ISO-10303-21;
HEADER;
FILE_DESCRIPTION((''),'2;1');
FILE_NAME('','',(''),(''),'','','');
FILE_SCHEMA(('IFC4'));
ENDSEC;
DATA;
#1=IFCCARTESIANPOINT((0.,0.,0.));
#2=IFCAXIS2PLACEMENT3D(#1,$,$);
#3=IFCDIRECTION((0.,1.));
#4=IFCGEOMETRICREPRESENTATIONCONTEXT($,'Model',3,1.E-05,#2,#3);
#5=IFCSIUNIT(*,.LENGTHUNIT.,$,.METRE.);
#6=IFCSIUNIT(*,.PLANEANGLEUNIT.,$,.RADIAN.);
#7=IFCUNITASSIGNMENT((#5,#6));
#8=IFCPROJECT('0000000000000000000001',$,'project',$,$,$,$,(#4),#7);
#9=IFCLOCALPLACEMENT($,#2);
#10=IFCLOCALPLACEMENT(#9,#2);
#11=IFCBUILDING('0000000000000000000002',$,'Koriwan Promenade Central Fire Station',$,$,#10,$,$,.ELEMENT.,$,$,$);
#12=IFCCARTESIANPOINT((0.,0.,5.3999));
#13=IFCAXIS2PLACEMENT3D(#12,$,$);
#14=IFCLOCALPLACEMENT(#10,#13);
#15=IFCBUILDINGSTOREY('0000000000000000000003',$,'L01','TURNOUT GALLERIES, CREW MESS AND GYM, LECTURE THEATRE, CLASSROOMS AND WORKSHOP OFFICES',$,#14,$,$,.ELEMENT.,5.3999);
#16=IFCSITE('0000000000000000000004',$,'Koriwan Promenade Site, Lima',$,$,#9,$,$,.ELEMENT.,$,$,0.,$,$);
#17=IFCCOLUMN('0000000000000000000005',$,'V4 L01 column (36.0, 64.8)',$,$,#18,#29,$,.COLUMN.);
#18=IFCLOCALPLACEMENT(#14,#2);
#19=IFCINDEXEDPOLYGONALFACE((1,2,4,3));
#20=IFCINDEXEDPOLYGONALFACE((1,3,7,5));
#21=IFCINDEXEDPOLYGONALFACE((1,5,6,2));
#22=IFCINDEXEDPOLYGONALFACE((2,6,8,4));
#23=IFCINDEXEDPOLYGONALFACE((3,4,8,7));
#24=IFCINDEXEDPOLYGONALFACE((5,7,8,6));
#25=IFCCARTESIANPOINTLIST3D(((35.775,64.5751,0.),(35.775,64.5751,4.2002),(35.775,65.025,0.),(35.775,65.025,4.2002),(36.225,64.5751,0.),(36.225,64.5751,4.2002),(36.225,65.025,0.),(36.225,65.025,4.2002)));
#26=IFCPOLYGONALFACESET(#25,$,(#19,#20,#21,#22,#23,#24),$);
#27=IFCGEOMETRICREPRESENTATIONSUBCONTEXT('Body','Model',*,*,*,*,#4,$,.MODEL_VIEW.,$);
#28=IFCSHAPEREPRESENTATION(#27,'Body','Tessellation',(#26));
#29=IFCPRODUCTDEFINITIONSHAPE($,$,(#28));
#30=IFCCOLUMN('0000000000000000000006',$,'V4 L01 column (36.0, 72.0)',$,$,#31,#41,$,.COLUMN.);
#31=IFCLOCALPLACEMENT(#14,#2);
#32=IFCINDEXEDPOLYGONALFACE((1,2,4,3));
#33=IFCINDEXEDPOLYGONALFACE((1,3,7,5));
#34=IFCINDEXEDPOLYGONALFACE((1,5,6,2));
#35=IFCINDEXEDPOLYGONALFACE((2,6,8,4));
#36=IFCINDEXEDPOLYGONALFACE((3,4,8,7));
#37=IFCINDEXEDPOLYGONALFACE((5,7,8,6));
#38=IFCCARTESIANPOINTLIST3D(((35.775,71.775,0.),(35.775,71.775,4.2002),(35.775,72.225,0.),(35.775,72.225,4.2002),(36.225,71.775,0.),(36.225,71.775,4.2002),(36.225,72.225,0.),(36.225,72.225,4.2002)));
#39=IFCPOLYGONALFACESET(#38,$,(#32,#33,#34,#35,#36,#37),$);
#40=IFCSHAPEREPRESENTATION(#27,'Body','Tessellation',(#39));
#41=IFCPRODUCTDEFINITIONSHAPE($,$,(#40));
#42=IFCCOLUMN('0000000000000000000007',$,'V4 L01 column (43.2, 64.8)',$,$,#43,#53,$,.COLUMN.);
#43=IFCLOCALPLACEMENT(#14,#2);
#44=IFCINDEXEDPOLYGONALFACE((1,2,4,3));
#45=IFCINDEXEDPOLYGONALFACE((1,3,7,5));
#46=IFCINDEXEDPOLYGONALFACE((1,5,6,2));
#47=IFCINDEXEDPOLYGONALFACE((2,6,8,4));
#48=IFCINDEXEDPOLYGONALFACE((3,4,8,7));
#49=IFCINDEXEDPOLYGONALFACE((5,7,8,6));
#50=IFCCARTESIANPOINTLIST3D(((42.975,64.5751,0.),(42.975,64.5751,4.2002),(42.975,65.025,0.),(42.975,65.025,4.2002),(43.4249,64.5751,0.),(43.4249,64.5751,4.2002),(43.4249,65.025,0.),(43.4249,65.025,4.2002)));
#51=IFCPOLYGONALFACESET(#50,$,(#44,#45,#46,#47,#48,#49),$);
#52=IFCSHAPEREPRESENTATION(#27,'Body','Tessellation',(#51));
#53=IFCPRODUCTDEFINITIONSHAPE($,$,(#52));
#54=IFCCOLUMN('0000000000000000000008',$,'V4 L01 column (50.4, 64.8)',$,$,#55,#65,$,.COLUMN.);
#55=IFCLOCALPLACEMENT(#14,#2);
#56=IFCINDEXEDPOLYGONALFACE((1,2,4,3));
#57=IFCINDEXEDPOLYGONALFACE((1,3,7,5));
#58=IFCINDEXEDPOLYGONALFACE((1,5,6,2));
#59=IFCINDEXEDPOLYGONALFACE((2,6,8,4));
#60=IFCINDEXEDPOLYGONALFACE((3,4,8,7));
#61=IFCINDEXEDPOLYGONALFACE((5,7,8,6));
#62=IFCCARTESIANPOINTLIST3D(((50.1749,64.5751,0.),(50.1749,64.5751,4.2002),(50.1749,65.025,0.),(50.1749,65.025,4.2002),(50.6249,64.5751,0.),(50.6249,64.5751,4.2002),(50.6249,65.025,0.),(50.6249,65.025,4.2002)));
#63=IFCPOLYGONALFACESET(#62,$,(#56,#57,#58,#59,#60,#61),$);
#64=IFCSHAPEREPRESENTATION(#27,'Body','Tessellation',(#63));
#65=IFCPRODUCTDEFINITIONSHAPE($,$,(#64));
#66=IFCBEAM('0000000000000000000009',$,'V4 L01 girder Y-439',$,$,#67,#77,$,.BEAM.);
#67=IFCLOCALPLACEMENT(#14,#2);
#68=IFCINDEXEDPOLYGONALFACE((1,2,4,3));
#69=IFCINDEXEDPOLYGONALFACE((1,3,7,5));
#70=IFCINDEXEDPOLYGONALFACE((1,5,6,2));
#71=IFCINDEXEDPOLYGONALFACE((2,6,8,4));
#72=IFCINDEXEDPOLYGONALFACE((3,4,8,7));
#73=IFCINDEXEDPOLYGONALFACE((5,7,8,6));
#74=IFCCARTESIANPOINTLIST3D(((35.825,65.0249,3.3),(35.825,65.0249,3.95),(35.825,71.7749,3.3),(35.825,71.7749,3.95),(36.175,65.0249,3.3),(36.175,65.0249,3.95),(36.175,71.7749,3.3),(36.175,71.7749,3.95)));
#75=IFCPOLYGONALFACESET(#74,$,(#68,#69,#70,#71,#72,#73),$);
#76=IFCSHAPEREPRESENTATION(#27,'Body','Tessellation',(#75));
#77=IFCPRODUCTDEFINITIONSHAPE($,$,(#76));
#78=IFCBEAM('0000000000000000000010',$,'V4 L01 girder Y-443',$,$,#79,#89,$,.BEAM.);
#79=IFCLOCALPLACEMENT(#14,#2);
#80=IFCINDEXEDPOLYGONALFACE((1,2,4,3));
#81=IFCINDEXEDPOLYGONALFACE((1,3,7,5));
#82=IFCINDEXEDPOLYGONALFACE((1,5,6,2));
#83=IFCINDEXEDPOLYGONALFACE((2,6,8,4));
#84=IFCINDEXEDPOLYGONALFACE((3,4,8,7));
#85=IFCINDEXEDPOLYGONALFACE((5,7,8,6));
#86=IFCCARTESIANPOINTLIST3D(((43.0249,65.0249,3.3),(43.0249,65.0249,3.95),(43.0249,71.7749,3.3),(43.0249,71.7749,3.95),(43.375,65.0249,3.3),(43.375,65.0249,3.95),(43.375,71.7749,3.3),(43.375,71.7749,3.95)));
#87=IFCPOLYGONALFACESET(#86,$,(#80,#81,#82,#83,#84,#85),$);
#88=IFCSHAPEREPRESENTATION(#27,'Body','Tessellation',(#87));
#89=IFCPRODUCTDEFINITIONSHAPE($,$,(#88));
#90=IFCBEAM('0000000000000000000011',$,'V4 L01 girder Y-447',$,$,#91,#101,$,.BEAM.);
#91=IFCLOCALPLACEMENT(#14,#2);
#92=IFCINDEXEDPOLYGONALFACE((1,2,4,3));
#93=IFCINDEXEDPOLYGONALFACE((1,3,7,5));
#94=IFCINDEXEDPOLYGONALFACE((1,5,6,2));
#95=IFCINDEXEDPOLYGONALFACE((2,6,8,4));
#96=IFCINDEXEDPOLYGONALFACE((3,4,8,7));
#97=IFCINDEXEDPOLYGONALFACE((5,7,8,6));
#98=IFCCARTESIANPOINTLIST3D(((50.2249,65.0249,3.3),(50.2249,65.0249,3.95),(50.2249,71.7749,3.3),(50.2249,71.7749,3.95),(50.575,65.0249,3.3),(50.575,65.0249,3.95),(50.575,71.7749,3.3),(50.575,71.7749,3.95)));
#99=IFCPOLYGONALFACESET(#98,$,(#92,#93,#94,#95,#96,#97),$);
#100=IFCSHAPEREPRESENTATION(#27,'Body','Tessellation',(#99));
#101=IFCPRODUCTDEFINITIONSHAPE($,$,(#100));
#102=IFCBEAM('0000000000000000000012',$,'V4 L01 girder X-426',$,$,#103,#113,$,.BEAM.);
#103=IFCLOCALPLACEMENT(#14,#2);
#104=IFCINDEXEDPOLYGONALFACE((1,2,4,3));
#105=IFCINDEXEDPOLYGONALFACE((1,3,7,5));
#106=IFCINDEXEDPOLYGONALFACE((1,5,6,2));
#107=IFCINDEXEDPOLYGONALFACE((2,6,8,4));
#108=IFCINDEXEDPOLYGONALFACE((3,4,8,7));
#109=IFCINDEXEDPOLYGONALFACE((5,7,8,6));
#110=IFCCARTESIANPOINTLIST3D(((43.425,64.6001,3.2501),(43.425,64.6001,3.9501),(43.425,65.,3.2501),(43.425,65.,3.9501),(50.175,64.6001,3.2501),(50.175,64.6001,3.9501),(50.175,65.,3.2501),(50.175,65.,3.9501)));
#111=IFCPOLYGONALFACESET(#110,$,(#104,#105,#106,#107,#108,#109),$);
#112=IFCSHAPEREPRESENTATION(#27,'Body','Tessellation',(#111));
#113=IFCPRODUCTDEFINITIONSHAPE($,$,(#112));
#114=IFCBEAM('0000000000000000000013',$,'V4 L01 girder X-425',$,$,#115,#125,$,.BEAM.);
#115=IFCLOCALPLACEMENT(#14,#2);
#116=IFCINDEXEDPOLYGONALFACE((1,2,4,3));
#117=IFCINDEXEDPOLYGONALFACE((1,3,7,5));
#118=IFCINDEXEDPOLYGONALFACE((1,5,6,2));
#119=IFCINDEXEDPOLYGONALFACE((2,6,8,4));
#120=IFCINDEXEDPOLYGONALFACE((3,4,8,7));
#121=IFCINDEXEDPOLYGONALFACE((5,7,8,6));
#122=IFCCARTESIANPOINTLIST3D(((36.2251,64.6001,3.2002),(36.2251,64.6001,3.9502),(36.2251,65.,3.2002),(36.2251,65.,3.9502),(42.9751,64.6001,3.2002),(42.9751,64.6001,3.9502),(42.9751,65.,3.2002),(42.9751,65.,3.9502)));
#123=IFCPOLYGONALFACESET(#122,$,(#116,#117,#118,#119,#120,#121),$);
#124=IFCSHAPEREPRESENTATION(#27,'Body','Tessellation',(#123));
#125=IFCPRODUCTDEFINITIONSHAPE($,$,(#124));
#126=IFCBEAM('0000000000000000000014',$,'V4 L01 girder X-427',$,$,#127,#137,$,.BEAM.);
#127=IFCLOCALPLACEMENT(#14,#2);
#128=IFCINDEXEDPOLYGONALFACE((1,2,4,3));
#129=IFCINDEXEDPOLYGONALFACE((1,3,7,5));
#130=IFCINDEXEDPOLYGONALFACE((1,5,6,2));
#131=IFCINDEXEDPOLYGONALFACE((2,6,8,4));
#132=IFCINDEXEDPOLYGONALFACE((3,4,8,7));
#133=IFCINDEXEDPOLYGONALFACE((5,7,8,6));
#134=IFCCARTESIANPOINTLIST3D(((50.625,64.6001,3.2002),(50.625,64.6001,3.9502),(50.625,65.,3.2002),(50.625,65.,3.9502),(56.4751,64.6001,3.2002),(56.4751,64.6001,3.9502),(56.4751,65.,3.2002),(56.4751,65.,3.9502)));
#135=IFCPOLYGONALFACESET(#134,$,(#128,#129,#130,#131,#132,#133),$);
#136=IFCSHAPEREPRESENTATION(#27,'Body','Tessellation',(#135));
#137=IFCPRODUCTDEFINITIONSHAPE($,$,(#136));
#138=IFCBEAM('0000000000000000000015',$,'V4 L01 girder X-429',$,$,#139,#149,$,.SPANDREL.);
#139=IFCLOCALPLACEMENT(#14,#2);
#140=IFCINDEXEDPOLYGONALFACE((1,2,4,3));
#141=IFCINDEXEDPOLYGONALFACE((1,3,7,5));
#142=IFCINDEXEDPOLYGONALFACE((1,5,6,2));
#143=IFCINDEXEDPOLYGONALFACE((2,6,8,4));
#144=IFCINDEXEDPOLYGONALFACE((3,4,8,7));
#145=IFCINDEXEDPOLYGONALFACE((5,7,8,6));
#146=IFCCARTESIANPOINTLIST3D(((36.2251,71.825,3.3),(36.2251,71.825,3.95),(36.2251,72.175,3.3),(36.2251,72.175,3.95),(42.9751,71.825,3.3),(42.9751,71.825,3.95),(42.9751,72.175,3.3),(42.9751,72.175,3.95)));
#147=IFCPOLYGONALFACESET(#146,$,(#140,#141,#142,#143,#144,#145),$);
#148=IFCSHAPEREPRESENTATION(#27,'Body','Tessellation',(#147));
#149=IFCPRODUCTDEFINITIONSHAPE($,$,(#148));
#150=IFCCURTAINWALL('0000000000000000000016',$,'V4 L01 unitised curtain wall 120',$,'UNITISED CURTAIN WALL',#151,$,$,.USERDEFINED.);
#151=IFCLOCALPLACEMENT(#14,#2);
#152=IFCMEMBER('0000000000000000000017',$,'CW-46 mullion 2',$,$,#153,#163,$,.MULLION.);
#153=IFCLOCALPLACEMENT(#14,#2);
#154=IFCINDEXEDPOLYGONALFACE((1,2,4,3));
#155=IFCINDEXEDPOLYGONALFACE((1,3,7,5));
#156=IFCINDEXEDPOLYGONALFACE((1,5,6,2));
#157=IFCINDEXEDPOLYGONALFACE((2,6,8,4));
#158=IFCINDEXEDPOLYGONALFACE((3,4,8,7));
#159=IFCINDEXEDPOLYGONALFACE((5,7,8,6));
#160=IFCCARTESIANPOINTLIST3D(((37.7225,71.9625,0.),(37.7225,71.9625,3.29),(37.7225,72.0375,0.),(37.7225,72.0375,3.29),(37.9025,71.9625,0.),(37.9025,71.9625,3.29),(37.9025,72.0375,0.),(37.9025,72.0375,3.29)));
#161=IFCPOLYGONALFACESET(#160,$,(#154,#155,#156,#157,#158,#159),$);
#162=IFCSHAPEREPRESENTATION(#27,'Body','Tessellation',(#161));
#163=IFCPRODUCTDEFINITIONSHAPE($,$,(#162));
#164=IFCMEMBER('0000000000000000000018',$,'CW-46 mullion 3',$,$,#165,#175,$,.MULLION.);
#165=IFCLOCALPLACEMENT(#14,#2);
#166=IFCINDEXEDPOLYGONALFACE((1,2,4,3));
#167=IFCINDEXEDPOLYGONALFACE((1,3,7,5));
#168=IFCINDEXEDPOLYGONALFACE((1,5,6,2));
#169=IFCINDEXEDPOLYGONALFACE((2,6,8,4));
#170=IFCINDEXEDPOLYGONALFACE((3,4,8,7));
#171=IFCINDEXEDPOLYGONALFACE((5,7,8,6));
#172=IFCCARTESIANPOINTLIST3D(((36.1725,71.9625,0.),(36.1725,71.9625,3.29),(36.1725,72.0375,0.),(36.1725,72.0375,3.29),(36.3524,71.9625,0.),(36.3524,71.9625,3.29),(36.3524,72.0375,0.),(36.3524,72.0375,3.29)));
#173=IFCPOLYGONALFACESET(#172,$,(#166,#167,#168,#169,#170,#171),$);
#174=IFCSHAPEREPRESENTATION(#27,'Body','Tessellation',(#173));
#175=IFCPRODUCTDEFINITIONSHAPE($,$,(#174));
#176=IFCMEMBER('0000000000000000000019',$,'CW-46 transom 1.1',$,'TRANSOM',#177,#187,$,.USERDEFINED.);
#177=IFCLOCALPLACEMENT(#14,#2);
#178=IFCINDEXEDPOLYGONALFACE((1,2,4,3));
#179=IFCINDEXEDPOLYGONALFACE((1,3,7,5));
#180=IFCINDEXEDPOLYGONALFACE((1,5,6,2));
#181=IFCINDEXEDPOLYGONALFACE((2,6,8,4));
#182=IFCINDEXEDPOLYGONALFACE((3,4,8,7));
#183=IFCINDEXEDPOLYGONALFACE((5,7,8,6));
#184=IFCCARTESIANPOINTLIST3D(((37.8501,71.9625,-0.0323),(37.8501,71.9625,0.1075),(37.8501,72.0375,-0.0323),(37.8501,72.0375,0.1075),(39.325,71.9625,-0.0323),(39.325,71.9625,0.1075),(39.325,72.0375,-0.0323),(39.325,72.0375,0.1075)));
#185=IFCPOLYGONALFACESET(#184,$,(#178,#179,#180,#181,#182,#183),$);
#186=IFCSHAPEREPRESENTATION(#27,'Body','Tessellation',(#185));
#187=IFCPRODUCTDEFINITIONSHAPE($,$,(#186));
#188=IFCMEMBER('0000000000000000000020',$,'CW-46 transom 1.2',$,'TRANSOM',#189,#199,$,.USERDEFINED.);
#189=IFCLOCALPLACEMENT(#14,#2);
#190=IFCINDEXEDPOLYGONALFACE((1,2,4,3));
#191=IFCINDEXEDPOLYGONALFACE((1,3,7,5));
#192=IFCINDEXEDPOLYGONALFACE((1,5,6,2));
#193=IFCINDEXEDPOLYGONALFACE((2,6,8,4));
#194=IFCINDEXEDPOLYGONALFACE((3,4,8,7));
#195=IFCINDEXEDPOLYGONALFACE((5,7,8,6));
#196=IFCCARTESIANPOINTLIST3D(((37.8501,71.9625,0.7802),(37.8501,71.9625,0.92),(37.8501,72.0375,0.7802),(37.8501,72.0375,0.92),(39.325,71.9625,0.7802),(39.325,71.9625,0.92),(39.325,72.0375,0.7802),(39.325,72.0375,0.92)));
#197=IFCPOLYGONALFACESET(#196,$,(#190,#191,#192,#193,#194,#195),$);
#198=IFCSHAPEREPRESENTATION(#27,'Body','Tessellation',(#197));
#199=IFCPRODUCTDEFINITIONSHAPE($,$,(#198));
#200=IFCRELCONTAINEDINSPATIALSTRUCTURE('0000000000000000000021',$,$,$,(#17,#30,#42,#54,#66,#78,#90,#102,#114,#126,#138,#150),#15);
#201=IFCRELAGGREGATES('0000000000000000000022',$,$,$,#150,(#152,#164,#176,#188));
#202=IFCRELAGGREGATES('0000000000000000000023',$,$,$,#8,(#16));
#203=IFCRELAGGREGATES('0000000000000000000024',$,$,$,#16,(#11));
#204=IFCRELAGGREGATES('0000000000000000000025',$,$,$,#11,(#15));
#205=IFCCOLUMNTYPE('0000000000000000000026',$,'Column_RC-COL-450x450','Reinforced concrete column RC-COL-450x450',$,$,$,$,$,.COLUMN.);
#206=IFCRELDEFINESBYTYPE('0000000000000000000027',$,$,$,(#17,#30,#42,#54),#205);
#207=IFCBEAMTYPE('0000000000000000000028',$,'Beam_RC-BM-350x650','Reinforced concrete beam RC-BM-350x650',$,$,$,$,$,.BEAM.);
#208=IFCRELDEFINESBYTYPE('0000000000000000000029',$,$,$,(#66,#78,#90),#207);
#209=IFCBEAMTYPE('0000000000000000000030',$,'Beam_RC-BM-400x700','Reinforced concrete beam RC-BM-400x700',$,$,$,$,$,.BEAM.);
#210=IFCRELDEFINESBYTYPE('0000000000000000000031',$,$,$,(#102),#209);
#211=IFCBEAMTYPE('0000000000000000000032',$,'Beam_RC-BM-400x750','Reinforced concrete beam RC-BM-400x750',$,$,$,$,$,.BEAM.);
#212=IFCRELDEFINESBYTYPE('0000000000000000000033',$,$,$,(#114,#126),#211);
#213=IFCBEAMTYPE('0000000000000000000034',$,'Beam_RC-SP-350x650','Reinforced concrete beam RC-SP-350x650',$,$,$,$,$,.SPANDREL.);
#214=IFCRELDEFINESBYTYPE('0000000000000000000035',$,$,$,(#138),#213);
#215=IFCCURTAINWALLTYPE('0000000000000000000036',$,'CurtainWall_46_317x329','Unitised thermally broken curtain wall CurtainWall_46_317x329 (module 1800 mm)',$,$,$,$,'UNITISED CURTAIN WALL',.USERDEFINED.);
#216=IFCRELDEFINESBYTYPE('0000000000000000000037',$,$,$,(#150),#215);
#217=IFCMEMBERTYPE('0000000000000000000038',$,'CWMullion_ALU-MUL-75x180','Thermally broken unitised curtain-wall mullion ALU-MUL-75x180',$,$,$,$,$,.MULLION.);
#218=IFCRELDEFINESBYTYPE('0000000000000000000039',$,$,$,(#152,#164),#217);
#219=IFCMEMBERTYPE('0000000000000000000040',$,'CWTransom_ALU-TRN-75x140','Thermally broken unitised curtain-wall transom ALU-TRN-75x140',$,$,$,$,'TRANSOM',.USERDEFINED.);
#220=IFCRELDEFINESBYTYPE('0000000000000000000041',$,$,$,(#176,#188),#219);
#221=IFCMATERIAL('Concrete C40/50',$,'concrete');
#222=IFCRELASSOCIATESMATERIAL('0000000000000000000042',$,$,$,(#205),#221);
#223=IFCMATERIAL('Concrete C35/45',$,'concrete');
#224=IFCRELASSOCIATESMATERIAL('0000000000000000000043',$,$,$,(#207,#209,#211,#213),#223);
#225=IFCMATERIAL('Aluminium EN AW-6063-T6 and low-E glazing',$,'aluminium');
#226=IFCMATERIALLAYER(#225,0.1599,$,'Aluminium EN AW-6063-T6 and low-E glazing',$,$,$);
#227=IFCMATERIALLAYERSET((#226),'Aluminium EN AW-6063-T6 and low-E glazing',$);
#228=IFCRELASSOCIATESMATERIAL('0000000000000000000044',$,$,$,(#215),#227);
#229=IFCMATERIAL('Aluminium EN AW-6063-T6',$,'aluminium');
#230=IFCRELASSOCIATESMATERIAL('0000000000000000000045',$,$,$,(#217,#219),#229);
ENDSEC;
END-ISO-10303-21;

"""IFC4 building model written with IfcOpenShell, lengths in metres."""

from ifc_helpers import new_model, si_unit, direction, frame, origin, origin_2d, place, context, subcontext, project, spatial, rectangle, extrude, material, layer, layer_set, material_profile, profile_set, type_object, element, aggregate, save


model = new_model("IFC4")

# Units and contexts
model_context = context("Model", 3, precision=1e-05, world=origin(), true_north=direction((0.0, 1.0)))
body_context = subcontext(model_context, "Body", "Model", "MODEL_VIEW")
ifc_project = project(units=[si_unit("LENGTHUNIT", "METRE"), si_unit("PLANEANGLEUNIT", "RADIAN")], contexts=[model_context])

# Site, building, storey
site_placement = place(None, origin())
site = spatial("IfcSite", under=ifc_project, at=site_placement, Name="Koriwan Promenade Site, Lima", CompositionType="ELEMENT", RefElevation=0.0)
building_placement = place(site_placement, origin())
building = spatial("IfcBuilding", under=site, at=building_placement, Name="Koriwan Promenade Central Fire Station", CompositionType="ELEMENT")
storey_placement = place(building_placement, frame((0.0, 0.0, 5.3999)))
storey = spatial("IfcBuildingStorey", under=building, at=storey_placement, Name="L01", Description="TURNOUT GALLERIES, CREW MESS AND GYM, LECTURE THEATRE, CLASSROOMS AND WORKSHOP OFFICES", CompositionType="ELEMENT", Elevation=5.3999)

# Columns
ifc_material_1 = material(Name="Concrete C40/50", Category="concrete")
ifc_material_profile_1 = material_profile(ifc_material_1, rectangle(XDim=0.45, YDim=0.45, at=origin_2d()), Name="RC-COL-450x450")
ifc_profile_set_1 = profile_set([ifc_material_profile_1], Name="Concrete C40/50")
column_type = type_object("IfcColumnType", Name="Column_RC-COL-450x450", Description="Reinforced concrete column RC-COL-450x450", PredefinedType="COLUMN", material=ifc_profile_set_1)
for number, where, z_axis, x_axis, name in (
    (1, (36.0, 64.8, 0.0), (0.0, 0.0, 1.0), (1.0, 0.0, 0.0), "V4 L01 column (36.0, 64.8)"),
    (2, (36.0, 72.0, 0.0), (0.0, 0.0, 1.0), (1.0, 0.0, 0.0), "V4 L01 column (36.0, 72.0)"),
    (3, (43.2, 64.8, 0.0), (0.0, 0.0, 1.0), (1.0, 0.0, 0.0), "V4 L01 column (43.2, 64.8)"),
    (4, (50.3999, 64.8, 0.0), (0.0, 0.0, 1.0), (1.0, 0.0, 0.0), "V4 L01 column (50.4, 64.8)"),
):
    element("IfcColumn", number, at=place(storey_placement, frame(where, z_axis=z_axis, x_axis=x_axis)), inside=storey, type_object=column_type, Name=name, PredefinedType="COLUMN", context=body_context, shape_type="SweptSolid", body=[
        extrude(rectangle(XDim=0.45, YDim=0.45, at=origin_2d()), origin(), (0.0, 0.0, 1.0), 4.2002),
    ])

# Beams
ifc_material_2 = material(Name="Concrete C35/45", Category="concrete")
ifc_material_profile_2 = material_profile(ifc_material_2, rectangle(XDim=0.3501, YDim=0.6499, at=origin_2d()), Name="RC-BM-350x650")
ifc_profile_set_2 = profile_set([ifc_material_profile_2], Name="Concrete C35/45")
beam_type_1 = type_object("IfcBeamType", Name="Beam_RC-BM-350x650", Description="Reinforced concrete beam RC-BM-350x650", PredefinedType="BEAM", material=ifc_profile_set_2)
for number, where, z_axis, x_axis, name in (
    (5, (36.0, 65.0249, 3.625), (0.0, 1.0, 0.0), (-1.0, 0.0, 0.0), "V4 L01 girder Y-439"),
    (6, (43.2, 65.0249, 3.625), (0.0, 1.0, 0.0), (-1.0, 0.0, 0.0), "V4 L01 girder Y-443"),
    (7, (50.3999, 65.0249, 3.625), (0.0, 1.0, 0.0), (-1.0, 0.0, 0.0), "V4 L01 girder Y-447"),
):
    element("IfcBeam", number, at=place(storey_placement, frame(where, z_axis=z_axis, x_axis=x_axis)), inside=storey, type_object=beam_type_1, Name=name, PredefinedType="BEAM", context=body_context, shape_type="SweptSolid", body=[
        extrude(rectangle(XDim=0.3501, YDim=0.6499, at=origin_2d()), origin(), (0.0, 0.0, 1.0), 6.75),
    ])
ifc_material_profile_3 = material_profile(ifc_material_2, rectangle(XDim=0.3999, YDim=0.7, at=origin_2d()), Name="RC-BM-400x700")
ifc_profile_set_3 = profile_set([ifc_material_profile_3], Name="Concrete C35/45")
beam_type_2 = type_object("IfcBeamType", Name="Beam_RC-BM-400x700", Description="Reinforced concrete beam RC-BM-400x700", PredefinedType="BEAM", material=ifc_profile_set_3)
beam_1_placement = place(storey_placement, frame((43.425, 64.8, 3.6001), z_axis=(1.0, 0.0, 0.0), x_axis=(0.0, 1.0, 0.0)))
element("IfcBeam", 8, at=beam_1_placement, inside=storey, type_object=beam_type_2, Name="V4 L01 girder X-426", PredefinedType="BEAM", context=body_context, shape_type="SweptSolid", body=[
    extrude(rectangle(XDim=0.3999, YDim=0.7, at=origin_2d()), origin(), (0.0, 0.0, 1.0), 6.75),
])
ifc_material_profile_4 = material_profile(ifc_material_2, rectangle(XDim=0.3999, YDim=0.75, at=origin_2d()), Name="RC-BM-400x750")
ifc_profile_set_4 = profile_set([ifc_material_profile_4], Name="Concrete C35/45")
beam_type_3 = type_object("IfcBeamType", Name="Beam_RC-BM-400x750", Description="Reinforced concrete beam RC-BM-400x750", PredefinedType="BEAM", material=ifc_profile_set_4)
beam_2_placement = place(storey_placement, frame((36.2251, 64.8, 3.5752), z_axis=(1.0, 0.0, 0.0), x_axis=(0.0, 1.0, 0.0)))
element("IfcBeam", 9, at=beam_2_placement, inside=storey, type_object=beam_type_3, Name="V4 L01 girder X-425", PredefinedType="BEAM", context=body_context, shape_type="SweptSolid", body=[
    extrude(rectangle(XDim=0.3999, YDim=0.75, at=origin_2d()), origin(), (0.0, 0.0, 1.0), 6.75),
])
beam_3_placement = place(storey_placement, frame((50.625, 64.8, 3.5752), z_axis=(1.0, 0.0, 0.0), x_axis=(0.0, 1.0, 0.0)))
element("IfcBeam", 10, at=beam_3_placement, inside=storey, type_object=beam_type_3, Name="V4 L01 girder X-427", PredefinedType="BEAM", context=body_context, shape_type="SweptSolid", body=[
    extrude(rectangle(XDim=0.3999, YDim=0.75, at=origin_2d()), origin(), (0.0, 0.0, 1.0), 5.8501),
])
ifc_material_profile_5 = material_profile(ifc_material_2, rectangle(XDim=0.3501, YDim=0.6499, at=origin_2d()), Name="RC-SP-350x650")
ifc_profile_set_5 = profile_set([ifc_material_profile_5], Name="Concrete C35/45")
beam_type_4 = type_object("IfcBeamType", Name="Beam_RC-SP-350x650", Description="Reinforced concrete beam RC-SP-350x650", PredefinedType="SPANDREL", material=ifc_profile_set_5)
beam_4_placement = place(storey_placement, frame((36.2251, 72.0, 3.625), z_axis=(1.0, 0.0, 0.0), x_axis=(0.0, 1.0, 0.0)))
element("IfcBeam", 11, at=beam_4_placement, inside=storey, type_object=beam_type_4, Name="V4 L01 girder X-429", PredefinedType="SPANDREL", context=body_context, shape_type="SweptSolid", body=[
    extrude(rectangle(XDim=0.3501, YDim=0.6499, at=origin_2d()), origin(), (0.0, 0.0, 1.0), 6.75),
])

# Curtain wall, members
ifc_material_3 = material(Name="Aluminium EN AW-6063-T6 and low-E glazing", Category="aluminium")
ifc_layer_1 = layer(ifc_material_3, 0.1599, Name="Aluminium EN AW-6063-T6 and low-E glazing")
ifc_layer_set_1 = layer_set([ifc_layer_1], Name="Aluminium EN AW-6063-T6 and low-E glazing")
curtain_wall_type = type_object("IfcCurtainWallType", Name="CurtainWall_46_317x329", Description="Unitised thermally broken curtain wall CurtainWall_46_317x329 (module 1800 mm)", ElementType="UNITISED CURTAIN WALL", PredefinedType="USERDEFINED", material=ifc_layer_set_1)
curtain_wall_placement = place(storey_placement, origin())
curtain_wall = element("IfcCurtainWall", 12, at=curtain_wall_placement, inside=storey, type_object=curtain_wall_type, Name="V4 L01 unitised curtain wall 120", ObjectType="UNITISED CURTAIN WALL", PredefinedType="USERDEFINED")
ifc_material_4 = material(Name="Aluminium EN AW-6063-T6", Category="aluminium")
ifc_material_profile_6 = material_profile(ifc_material_4, rectangle(XDim=0.075, YDim=0.1799, at=origin_2d()), Name="ALU-MUL-75x180")
ifc_profile_set_6 = profile_set([ifc_material_profile_6], Name="Aluminium EN AW-6063-T6")
member_type_1 = type_object("IfcMemberType", Name="CWMullion_ALU-MUL-75x180", Description="Thermally broken unitised curtain-wall mullion ALU-MUL-75x180", PredefinedType="MULLION", material=ifc_profile_set_6)
member_1_placement = place(storey_placement, frame((37.8125, 72.0, 0.0), z_axis=(0.0, 0.0, 1.0), x_axis=(0.0, -1.0, 0.0)))
member_1 = element("IfcMember", 13, at=member_1_placement, type_object=member_type_1, Name="CW-46 mullion 2", PredefinedType="MULLION", context=body_context, shape_type="SweptSolid", body=[
    extrude(rectangle(XDim=0.075, YDim=0.1799, at=origin_2d()), origin(), (0.0, 0.0, 1.0), 3.29),
])
member_2_placement = place(storey_placement, frame((36.2625, 72.0, 0.0), z_axis=(0.0, 0.0, 1.0), x_axis=(0.0, -1.0, 0.0)))
member_2 = element("IfcMember", 14, at=member_2_placement, type_object=member_type_1, Name="CW-46 mullion 3", PredefinedType="MULLION", context=body_context, shape_type="SweptSolid", body=[
    extrude(rectangle(XDim=0.075, YDim=0.1799, at=origin_2d()), origin(), (0.0, 0.0, 1.0), 3.29),
])
ifc_material_profile_7 = material_profile(ifc_material_4, rectangle(XDim=0.075, YDim=0.1399, at=origin_2d()), Name="ALU-TRN-75x140")
ifc_profile_set_7 = profile_set([ifc_material_profile_7], Name="Aluminium EN AW-6063-T6")
member_type_2 = type_object("IfcMemberType", Name="CWTransom_ALU-TRN-75x140", Description="Thermally broken unitised curtain-wall transom ALU-TRN-75x140", ElementType="TRANSOM", PredefinedType="USERDEFINED", material=ifc_profile_set_7)
member_3_placement = place(storey_placement, frame((39.325, 72.0, 0.0376), z_axis=(-1.0, 0.0, 0.0), x_axis=(0.0, -1.0, 0.0)))
member_3 = element("IfcMember", 15, at=member_3_placement, type_object=member_type_2, Name="CW-46 transom 1.1", ObjectType="TRANSOM", PredefinedType="USERDEFINED", context=body_context, shape_type="SweptSolid", body=[
    extrude(rectangle(XDim=0.075, YDim=0.1399, at=origin_2d()), origin(), (0.0, 0.0, 1.0), 1.4749),
])
member_4_placement = place(storey_placement, frame((39.325, 72.0, 0.8501), z_axis=(-1.0, 0.0, 0.0), x_axis=(0.0, -1.0, 0.0)))
member_4 = element("IfcMember", 16, at=member_4_placement, type_object=member_type_2, Name="CW-46 transom 1.2", ObjectType="TRANSOM", PredefinedType="USERDEFINED", context=body_context, shape_type="SweptSolid", body=[
    extrude(rectangle(XDim=0.075, YDim=0.1399, at=origin_2d()), origin(), (0.0, 0.0, 1.0), 1.4749),
])
aggregate(curtain_wall, [member_1, member_2, member_3, member_4])

save(model, "model.ifc")
